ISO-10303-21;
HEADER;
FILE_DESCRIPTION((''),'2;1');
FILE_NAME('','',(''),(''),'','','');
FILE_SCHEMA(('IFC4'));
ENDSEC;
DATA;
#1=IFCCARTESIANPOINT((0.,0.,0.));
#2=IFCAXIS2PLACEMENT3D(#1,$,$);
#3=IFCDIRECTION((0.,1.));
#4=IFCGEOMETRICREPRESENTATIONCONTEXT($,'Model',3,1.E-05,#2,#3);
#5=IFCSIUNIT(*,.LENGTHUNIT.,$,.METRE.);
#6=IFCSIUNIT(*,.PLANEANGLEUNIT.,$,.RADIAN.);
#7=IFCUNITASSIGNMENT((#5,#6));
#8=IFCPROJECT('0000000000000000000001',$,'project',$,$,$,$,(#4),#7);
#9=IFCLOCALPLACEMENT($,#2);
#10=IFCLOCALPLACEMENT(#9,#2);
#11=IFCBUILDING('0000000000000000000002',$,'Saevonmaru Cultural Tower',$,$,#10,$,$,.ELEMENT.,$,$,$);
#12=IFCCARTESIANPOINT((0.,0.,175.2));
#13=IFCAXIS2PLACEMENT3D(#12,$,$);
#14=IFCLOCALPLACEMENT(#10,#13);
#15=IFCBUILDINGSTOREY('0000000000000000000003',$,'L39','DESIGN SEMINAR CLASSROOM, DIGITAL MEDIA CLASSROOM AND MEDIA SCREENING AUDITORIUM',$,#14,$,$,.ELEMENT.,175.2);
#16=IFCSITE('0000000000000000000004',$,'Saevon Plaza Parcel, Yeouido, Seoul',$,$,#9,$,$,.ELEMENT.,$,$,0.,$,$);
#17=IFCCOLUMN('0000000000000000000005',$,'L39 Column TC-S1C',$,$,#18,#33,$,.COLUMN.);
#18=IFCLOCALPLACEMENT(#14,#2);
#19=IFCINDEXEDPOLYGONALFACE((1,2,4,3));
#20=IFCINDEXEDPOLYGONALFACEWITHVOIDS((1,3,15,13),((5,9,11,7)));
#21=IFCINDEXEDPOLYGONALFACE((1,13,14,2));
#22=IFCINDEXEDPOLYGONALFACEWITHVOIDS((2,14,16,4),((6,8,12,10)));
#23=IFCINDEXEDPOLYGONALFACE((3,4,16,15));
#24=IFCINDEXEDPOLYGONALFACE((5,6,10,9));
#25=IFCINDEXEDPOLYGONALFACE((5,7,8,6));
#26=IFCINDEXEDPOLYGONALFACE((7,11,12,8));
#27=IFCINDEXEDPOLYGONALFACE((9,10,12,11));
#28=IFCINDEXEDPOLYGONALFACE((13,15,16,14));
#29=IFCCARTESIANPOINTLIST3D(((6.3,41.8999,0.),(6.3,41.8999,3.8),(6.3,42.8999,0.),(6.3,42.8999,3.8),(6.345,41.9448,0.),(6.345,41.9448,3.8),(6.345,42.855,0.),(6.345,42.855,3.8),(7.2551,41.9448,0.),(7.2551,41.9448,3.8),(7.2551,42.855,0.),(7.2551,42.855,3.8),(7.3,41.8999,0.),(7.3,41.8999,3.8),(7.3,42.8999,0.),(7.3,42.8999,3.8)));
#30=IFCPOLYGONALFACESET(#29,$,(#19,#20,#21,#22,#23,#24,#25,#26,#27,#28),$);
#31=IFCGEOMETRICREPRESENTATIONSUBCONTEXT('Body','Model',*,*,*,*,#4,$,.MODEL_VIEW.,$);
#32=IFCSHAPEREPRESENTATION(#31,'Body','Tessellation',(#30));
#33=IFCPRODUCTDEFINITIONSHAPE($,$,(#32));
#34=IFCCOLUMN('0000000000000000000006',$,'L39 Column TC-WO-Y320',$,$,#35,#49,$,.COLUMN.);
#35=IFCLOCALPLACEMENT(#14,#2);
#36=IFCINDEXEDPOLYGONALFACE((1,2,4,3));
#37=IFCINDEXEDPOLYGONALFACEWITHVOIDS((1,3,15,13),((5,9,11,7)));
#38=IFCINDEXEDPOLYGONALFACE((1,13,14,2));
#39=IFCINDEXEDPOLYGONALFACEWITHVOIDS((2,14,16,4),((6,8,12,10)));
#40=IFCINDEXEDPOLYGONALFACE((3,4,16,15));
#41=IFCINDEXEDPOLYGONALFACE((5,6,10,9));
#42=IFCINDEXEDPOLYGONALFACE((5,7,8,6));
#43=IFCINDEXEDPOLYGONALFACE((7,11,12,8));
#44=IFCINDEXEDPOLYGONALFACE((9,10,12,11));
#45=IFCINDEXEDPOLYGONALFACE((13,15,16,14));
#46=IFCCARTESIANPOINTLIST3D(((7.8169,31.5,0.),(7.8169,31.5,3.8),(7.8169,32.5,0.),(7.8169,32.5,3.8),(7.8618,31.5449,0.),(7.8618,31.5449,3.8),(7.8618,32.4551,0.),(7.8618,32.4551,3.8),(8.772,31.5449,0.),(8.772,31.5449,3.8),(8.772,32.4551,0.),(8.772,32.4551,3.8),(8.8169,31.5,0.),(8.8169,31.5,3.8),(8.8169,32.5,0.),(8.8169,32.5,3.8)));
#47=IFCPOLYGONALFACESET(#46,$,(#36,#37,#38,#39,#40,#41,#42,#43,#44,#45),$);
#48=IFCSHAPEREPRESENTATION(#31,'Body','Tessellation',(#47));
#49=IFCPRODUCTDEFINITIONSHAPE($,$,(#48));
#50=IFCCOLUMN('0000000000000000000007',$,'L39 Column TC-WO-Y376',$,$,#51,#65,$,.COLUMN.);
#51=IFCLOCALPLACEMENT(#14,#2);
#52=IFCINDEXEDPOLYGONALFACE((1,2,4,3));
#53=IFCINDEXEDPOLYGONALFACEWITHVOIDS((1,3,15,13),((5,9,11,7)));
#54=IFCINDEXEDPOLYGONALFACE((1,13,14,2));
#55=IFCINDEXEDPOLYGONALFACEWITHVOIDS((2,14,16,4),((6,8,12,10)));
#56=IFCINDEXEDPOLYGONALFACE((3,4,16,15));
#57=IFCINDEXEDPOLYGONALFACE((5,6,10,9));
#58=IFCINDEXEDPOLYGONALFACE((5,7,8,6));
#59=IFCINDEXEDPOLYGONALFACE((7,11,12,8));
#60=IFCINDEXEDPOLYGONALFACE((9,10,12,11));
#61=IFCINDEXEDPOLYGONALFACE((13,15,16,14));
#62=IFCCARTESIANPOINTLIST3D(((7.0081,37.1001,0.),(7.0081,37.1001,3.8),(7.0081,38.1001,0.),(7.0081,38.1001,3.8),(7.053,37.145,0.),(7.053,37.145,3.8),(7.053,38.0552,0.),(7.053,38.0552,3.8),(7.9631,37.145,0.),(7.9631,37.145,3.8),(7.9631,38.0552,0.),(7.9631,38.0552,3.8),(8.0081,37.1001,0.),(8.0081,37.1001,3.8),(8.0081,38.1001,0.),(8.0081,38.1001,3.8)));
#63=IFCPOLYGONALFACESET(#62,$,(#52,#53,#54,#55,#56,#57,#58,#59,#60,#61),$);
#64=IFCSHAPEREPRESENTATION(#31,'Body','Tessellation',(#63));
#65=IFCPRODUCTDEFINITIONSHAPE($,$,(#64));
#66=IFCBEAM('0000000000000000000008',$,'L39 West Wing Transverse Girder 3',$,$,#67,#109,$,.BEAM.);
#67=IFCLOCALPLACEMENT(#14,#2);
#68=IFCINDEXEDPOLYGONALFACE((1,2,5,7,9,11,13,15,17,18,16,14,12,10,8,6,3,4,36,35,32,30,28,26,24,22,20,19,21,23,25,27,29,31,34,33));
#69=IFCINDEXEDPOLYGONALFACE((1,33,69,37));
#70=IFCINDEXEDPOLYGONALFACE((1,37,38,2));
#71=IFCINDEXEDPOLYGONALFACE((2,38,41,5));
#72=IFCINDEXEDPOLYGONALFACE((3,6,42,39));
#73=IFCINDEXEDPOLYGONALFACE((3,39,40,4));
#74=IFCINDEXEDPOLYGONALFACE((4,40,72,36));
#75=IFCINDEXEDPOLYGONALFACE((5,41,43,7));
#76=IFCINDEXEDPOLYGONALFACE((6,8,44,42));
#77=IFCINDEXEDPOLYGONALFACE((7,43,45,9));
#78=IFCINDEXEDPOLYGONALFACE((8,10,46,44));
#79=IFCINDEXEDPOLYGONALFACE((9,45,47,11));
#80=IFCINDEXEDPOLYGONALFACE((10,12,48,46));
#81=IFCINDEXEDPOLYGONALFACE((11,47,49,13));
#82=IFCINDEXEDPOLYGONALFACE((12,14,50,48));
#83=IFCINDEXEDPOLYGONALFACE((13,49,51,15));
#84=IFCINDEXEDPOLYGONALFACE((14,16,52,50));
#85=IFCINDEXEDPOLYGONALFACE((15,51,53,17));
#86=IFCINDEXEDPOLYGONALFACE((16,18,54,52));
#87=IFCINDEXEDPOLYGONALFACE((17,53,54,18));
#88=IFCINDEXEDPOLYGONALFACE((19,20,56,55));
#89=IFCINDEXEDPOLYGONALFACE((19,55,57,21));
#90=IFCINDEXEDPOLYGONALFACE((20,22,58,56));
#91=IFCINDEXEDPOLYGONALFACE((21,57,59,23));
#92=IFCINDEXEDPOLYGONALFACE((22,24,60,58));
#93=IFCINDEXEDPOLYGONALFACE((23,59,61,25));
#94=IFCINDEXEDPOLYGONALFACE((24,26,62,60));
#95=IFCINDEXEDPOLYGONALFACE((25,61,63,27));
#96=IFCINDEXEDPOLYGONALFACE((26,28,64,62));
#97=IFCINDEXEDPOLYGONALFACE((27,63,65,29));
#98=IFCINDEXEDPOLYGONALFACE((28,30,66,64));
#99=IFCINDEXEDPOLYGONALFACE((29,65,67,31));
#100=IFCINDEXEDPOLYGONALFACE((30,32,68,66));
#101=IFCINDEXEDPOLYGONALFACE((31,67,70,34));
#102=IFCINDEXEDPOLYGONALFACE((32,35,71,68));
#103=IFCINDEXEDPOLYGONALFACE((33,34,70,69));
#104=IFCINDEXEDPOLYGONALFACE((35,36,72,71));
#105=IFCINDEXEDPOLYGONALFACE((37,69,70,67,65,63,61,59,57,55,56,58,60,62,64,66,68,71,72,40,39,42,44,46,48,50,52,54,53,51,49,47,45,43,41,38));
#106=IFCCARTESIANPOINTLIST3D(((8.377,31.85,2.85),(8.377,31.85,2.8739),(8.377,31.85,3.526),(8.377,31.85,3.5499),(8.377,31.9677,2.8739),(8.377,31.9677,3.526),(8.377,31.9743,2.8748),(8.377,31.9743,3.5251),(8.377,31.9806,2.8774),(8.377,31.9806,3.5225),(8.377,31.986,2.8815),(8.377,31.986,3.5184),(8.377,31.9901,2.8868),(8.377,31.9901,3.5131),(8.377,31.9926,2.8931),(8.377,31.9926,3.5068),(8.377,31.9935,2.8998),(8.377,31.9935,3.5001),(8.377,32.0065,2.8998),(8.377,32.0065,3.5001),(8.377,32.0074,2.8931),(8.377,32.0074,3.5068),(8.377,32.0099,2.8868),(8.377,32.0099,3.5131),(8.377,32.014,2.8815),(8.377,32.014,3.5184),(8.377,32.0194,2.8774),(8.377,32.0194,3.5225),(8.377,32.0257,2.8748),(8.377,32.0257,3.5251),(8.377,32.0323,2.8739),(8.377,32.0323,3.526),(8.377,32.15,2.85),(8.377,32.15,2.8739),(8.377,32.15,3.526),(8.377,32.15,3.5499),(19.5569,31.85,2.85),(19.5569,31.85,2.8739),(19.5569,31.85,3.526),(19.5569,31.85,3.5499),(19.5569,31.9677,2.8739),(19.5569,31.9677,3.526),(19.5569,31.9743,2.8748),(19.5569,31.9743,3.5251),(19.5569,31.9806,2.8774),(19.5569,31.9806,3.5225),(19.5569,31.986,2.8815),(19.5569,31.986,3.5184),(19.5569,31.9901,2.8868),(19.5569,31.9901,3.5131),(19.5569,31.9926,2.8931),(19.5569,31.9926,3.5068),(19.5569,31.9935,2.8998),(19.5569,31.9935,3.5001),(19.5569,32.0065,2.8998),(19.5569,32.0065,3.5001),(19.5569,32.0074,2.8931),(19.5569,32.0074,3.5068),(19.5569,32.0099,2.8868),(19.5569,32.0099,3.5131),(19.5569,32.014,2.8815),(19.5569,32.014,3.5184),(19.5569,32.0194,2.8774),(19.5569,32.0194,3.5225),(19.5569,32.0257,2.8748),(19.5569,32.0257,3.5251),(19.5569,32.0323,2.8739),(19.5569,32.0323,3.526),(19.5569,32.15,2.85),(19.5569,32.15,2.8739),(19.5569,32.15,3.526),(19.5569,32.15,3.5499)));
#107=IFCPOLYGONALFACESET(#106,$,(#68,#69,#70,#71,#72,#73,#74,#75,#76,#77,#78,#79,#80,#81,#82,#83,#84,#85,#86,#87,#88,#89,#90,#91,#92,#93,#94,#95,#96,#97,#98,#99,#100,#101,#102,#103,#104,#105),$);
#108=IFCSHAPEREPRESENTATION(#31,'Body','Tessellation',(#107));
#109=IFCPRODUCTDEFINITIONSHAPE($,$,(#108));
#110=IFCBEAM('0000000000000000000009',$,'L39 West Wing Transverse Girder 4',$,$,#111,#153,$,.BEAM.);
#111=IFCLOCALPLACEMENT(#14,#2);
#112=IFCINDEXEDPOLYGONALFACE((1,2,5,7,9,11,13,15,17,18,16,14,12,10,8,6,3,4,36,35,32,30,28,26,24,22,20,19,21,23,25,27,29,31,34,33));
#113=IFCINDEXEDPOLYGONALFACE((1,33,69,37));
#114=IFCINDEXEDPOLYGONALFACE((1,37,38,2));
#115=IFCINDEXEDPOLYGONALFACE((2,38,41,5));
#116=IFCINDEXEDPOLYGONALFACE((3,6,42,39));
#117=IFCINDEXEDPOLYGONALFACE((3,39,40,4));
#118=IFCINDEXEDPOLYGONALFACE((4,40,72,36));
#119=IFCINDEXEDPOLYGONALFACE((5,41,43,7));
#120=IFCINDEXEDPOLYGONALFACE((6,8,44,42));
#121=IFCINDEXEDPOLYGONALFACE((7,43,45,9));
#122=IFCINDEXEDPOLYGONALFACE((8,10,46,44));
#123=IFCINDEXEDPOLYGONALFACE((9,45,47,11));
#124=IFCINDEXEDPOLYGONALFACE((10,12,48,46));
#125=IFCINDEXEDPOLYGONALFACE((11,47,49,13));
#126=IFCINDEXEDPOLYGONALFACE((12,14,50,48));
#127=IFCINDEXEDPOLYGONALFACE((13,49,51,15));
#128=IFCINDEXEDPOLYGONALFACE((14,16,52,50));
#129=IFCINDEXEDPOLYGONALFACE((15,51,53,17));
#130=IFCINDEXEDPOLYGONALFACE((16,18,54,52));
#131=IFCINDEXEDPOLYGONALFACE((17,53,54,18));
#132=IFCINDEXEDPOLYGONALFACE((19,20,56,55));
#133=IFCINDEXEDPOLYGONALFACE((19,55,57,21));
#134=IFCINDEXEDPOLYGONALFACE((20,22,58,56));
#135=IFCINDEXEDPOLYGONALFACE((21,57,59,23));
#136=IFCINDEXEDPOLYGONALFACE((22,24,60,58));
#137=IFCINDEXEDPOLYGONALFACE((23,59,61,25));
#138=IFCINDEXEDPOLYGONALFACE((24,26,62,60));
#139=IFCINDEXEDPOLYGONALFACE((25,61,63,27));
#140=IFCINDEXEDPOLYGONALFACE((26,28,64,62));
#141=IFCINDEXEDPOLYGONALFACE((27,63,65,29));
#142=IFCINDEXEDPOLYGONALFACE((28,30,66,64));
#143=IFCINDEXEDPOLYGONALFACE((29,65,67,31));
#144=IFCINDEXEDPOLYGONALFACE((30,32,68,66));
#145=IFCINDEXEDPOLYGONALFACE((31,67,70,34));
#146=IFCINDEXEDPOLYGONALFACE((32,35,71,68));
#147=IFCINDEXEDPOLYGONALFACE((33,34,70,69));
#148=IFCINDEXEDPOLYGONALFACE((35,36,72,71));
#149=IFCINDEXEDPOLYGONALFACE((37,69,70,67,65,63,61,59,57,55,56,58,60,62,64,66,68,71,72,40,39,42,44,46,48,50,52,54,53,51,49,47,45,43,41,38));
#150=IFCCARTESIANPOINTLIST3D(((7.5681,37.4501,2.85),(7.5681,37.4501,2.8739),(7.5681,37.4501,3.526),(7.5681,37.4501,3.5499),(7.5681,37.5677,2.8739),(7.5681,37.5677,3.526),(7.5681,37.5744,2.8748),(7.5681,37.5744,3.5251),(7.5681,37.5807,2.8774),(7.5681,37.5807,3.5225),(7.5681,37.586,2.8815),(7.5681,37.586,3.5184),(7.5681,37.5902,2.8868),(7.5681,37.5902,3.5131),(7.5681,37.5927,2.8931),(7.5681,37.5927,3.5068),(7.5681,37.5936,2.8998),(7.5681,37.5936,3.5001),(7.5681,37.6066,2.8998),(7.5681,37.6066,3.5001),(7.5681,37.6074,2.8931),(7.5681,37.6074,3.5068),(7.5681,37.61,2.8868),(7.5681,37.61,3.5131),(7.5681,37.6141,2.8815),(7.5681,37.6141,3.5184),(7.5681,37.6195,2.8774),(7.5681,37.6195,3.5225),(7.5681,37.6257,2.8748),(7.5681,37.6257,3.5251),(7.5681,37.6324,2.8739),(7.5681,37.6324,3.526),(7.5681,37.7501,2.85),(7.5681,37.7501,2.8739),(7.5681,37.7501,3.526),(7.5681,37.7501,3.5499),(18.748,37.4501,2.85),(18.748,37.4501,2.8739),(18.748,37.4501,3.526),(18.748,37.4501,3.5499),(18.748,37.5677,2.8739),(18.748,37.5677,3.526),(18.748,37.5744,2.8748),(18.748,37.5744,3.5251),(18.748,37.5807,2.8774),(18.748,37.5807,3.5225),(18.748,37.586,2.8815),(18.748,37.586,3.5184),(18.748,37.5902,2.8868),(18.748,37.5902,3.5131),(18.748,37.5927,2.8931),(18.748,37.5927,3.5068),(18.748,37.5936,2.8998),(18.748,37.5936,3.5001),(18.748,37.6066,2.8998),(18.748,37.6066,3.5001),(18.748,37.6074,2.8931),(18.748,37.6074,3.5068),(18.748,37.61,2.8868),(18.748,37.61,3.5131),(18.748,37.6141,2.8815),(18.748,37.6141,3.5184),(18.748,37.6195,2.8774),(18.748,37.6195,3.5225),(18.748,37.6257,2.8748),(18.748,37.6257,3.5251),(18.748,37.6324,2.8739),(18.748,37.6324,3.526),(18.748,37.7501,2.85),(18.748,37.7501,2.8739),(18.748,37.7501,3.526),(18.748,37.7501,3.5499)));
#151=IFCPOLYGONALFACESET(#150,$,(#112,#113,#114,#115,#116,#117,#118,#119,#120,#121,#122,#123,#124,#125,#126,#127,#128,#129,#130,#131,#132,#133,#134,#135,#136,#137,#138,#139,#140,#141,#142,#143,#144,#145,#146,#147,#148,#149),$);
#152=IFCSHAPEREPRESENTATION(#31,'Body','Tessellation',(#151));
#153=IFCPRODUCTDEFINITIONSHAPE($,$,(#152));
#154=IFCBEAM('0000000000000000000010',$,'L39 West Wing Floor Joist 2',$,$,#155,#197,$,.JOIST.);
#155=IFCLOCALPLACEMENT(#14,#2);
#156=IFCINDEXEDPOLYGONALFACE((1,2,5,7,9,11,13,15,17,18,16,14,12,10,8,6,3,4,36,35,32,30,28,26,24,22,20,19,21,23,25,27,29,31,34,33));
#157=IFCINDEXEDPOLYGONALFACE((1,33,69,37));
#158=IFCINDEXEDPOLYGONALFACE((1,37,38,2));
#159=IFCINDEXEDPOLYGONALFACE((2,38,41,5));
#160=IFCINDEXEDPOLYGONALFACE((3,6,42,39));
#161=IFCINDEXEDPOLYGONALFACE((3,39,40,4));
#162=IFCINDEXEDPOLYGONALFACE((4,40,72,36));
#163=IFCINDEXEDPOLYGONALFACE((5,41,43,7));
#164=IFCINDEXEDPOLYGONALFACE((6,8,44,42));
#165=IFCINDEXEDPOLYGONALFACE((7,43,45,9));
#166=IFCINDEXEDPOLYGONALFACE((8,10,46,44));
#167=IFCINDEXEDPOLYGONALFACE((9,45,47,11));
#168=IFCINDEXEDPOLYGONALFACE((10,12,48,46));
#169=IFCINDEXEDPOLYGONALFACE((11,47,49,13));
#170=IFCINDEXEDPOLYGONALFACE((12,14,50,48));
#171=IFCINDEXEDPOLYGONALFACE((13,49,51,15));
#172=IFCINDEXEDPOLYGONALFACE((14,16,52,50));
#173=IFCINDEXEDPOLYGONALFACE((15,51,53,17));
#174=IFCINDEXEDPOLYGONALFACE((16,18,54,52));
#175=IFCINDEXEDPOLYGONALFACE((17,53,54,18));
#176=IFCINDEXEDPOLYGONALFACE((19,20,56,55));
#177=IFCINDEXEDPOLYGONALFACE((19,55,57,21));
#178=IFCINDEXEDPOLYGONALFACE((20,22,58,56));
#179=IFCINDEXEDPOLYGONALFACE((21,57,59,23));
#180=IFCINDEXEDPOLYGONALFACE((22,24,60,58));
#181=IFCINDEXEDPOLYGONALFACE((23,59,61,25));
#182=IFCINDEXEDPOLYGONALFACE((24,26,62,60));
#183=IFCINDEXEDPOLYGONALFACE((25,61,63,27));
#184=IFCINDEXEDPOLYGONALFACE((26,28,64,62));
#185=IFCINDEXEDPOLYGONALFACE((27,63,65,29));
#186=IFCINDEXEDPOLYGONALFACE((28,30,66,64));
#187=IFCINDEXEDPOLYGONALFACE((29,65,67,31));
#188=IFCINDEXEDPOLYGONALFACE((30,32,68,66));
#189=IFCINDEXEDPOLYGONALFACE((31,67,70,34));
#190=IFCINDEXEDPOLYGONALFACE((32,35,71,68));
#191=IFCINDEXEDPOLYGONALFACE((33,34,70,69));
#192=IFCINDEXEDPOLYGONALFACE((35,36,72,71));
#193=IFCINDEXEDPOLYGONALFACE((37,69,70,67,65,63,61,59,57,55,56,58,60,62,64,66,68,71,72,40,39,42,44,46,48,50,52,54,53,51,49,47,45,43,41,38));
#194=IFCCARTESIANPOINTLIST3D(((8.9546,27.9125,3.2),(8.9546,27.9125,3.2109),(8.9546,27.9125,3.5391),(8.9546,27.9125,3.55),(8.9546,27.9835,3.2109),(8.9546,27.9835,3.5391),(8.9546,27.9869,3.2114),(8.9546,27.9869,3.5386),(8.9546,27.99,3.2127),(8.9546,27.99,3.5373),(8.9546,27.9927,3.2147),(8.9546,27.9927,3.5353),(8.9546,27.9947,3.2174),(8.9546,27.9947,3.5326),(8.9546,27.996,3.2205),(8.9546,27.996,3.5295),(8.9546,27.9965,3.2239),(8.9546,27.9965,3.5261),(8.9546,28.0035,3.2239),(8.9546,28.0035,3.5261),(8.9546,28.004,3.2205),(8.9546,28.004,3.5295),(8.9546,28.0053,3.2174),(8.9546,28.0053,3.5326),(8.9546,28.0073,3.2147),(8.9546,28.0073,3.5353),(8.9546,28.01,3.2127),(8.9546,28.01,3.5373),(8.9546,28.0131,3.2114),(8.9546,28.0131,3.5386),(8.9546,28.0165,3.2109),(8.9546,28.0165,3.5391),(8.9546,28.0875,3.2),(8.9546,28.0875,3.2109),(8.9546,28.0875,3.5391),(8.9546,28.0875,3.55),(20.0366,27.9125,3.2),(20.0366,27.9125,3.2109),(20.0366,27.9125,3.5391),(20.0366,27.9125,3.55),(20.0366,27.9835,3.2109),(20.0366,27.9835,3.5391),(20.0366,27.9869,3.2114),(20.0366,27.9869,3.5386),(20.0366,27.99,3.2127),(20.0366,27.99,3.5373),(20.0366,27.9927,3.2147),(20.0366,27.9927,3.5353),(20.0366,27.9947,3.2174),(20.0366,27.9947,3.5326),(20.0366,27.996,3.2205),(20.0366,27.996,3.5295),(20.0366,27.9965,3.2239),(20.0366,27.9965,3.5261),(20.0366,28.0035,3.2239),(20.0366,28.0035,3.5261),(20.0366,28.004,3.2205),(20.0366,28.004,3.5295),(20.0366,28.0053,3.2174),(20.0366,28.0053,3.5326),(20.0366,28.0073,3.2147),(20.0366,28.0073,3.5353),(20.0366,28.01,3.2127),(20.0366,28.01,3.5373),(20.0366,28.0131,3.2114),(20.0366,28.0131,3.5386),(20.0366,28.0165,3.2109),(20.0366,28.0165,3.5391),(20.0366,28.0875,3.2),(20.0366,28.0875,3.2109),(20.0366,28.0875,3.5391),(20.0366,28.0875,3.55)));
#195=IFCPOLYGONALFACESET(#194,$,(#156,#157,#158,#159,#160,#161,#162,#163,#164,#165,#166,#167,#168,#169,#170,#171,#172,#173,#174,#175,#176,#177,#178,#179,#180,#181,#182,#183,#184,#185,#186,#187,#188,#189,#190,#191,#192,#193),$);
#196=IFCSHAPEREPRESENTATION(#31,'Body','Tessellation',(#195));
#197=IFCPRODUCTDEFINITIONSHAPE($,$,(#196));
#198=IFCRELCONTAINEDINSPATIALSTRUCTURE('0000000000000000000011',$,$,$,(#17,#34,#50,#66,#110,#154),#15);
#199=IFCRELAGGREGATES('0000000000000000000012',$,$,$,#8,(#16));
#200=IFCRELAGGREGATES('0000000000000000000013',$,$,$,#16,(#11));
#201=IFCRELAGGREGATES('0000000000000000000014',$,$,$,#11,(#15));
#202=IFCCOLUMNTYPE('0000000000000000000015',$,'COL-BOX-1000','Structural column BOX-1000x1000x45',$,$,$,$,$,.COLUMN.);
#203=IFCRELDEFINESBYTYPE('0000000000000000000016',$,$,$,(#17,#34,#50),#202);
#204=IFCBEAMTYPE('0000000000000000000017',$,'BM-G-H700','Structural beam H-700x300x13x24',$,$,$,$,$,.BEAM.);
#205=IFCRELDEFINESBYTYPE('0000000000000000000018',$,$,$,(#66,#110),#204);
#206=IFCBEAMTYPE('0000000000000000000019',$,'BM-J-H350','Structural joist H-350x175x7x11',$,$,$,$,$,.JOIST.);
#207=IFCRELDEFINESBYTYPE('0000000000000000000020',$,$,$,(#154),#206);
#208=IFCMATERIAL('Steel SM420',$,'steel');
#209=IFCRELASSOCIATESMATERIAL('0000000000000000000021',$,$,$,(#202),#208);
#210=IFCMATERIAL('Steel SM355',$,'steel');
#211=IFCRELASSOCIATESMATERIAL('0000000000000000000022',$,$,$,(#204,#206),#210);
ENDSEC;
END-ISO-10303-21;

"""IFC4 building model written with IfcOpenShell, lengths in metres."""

from ifc_helpers import new_model, si_unit, direction, frame, origin, origin_2d, place, context, subcontext, project, spatial, hollow_rectangle, i_section, extrude, material, material_profile, profile_set, type_object, element, save


model = new_model("IFC4")

# Units and contexts
model_context = context("Model", 3, precision=1e-05, world=origin(), true_north=direction((0.0, 1.0)))
body_context = subcontext(model_context, "Body", "Model", "MODEL_VIEW")
ifc_project = project(units=[si_unit("LENGTHUNIT", "METRE"), si_unit("PLANEANGLEUNIT", "RADIAN")], contexts=[model_context])

# Site, building, storey
site_placement = place(None, origin())
site = spatial("IfcSite", under=ifc_project, at=site_placement, Name="Saevon Plaza Parcel, Yeouido, Seoul", CompositionType="ELEMENT", RefElevation=0.0)
building_placement = place(site_placement, origin())
building = spatial("IfcBuilding", under=site, at=building_placement, Name="Saevonmaru Cultural Tower", CompositionType="ELEMENT")
storey_placement = place(building_placement, frame((0.0, 0.0, 175.2)))
storey = spatial("IfcBuildingStorey", under=building, at=storey_placement, Name="L39", Description="DESIGN SEMINAR CLASSROOM, DIGITAL MEDIA CLASSROOM AND MEDIA SCREENING AUDITORIUM", CompositionType="ELEMENT", Elevation=175.2)

# Columns
ifc_material_1 = material(Name="Steel SM420", Category="steel")
ifc_material_profile_1 = material_profile(ifc_material_1, hollow_rectangle(XDim=1.0, YDim=1.0, WallThickness=0.0449, at=origin_2d()), Name="BOX-1000x1000x45")
ifc_profile_set_1 = profile_set([ifc_material_profile_1], Name="Steel SM420")
column_type = type_object("IfcColumnType", Name="COL-BOX-1000", Description="Structural column BOX-1000x1000x45", PredefinedType="COLUMN", material=ifc_profile_set_1)
for number, where, z_axis, x_axis, name in (
    (1, (6.8, 42.3999, 0.0), (0.0, 0.0, 1.0), (1.0, 0.0, 0.0), "L39 Column TC-S1C"),
    (2, (8.3169, 32.0, 0.0), (0.0, 0.0, 1.0), (1.0, 0.0, 0.0), "L39 Column TC-WO-Y320"),
    (3, (7.5081, 37.6001, 0.0), (0.0, 0.0, 1.0), (1.0, 0.0, 0.0), "L39 Column TC-WO-Y376"),
):
    element("IfcColumn", number, at=place(storey_placement, frame(where, z_axis=z_axis, x_axis=x_axis)), inside=storey, type_object=column_type, Name=name, PredefinedType="COLUMN", context=body_context, shape_type="SweptSolid", body=[
        extrude(hollow_rectangle(XDim=1.0, YDim=1.0, WallThickness=0.0449, at=origin_2d()), origin(), (0.0, 0.0, 1.0), 3.8),
    ])

# Beams
ifc_material_2 = material(Name="Steel SM355", Category="steel")
ifc_material_profile_2 = material_profile(ifc_material_2, i_section(OverallWidth=0.3, OverallDepth=0.7, WebThickness=0.0129, FlangeThickness=0.0239, FilletRadius=0.0259, at=origin_2d()), Name="H-700x300x13x24")
ifc_profile_set_2 = profile_set([ifc_material_profile_2], Name="Steel SM355")
beam_type_1 = type_object("IfcBeamType", Name="BM-G-H700", Description="Structural beam H-700x300x13x24", PredefinedType="BEAM", material=ifc_profile_set_2)
for number, where, z_axis, x_axis, name in (
    (4, (8.377, 32.0, 3.2), (1.0, 0.0, 0.0), (0.0, 1.0, 0.0), "L39 West Wing Transverse Girder 3"),
    (5, (7.5681, 37.6001, 3.2), (1.0, 0.0, 0.0), (0.0, 1.0, 0.0), "L39 West Wing Transverse Girder 4"),
):
    element("IfcBeam", number, at=place(storey_placement, frame(where, z_axis=z_axis, x_axis=x_axis)), inside=storey, type_object=beam_type_1, Name=name, PredefinedType="BEAM", context=body_context, shape_type="SweptSolid", body=[
        extrude(i_section(OverallWidth=0.3, OverallDepth=0.7, WebThickness=0.0129, FlangeThickness=0.0239, FilletRadius=0.0259, at=origin_2d()), origin(), (0.0, 0.0, 1.0), 11.1799),
    ])
ifc_material_profile_3 = material_profile(ifc_material_2, i_section(OverallWidth=0.175, OverallDepth=0.3501, WebThickness=0.0071, FlangeThickness=0.011, FilletRadius=0.0129, at=origin_2d()), Name="H-350x175x7x11")
ifc_profile_set_3 = profile_set([ifc_material_profile_3], Name="Steel SM355")
beam_type_2 = type_object("IfcBeamType", Name="BM-J-H350", Description="Structural joist H-350x175x7x11", PredefinedType="JOIST", material=ifc_profile_set_3)
for number, where, z_axis, x_axis, name in (
    (6, (8.9546, 28.0, 3.375), (1.0, 0.0, 0.0), (0.0, 1.0, 0.0), "L39 West Wing Floor Joist 2"),
):
    element("IfcBeam", number, at=place(storey_placement, frame(where, z_axis=z_axis, x_axis=x_axis)), inside=storey, type_object=beam_type_2, Name=name, PredefinedType="JOIST", context=body_context, shape_type="SweptSolid", body=[
        extrude(i_section(OverallWidth=0.175, OverallDepth=0.3501, WebThickness=0.0071, FlangeThickness=0.011, FilletRadius=0.0129, at=origin_2d()), origin(), (0.0, 0.0, 1.0), 11.082),
    ])

save(model, "model.ifc")
